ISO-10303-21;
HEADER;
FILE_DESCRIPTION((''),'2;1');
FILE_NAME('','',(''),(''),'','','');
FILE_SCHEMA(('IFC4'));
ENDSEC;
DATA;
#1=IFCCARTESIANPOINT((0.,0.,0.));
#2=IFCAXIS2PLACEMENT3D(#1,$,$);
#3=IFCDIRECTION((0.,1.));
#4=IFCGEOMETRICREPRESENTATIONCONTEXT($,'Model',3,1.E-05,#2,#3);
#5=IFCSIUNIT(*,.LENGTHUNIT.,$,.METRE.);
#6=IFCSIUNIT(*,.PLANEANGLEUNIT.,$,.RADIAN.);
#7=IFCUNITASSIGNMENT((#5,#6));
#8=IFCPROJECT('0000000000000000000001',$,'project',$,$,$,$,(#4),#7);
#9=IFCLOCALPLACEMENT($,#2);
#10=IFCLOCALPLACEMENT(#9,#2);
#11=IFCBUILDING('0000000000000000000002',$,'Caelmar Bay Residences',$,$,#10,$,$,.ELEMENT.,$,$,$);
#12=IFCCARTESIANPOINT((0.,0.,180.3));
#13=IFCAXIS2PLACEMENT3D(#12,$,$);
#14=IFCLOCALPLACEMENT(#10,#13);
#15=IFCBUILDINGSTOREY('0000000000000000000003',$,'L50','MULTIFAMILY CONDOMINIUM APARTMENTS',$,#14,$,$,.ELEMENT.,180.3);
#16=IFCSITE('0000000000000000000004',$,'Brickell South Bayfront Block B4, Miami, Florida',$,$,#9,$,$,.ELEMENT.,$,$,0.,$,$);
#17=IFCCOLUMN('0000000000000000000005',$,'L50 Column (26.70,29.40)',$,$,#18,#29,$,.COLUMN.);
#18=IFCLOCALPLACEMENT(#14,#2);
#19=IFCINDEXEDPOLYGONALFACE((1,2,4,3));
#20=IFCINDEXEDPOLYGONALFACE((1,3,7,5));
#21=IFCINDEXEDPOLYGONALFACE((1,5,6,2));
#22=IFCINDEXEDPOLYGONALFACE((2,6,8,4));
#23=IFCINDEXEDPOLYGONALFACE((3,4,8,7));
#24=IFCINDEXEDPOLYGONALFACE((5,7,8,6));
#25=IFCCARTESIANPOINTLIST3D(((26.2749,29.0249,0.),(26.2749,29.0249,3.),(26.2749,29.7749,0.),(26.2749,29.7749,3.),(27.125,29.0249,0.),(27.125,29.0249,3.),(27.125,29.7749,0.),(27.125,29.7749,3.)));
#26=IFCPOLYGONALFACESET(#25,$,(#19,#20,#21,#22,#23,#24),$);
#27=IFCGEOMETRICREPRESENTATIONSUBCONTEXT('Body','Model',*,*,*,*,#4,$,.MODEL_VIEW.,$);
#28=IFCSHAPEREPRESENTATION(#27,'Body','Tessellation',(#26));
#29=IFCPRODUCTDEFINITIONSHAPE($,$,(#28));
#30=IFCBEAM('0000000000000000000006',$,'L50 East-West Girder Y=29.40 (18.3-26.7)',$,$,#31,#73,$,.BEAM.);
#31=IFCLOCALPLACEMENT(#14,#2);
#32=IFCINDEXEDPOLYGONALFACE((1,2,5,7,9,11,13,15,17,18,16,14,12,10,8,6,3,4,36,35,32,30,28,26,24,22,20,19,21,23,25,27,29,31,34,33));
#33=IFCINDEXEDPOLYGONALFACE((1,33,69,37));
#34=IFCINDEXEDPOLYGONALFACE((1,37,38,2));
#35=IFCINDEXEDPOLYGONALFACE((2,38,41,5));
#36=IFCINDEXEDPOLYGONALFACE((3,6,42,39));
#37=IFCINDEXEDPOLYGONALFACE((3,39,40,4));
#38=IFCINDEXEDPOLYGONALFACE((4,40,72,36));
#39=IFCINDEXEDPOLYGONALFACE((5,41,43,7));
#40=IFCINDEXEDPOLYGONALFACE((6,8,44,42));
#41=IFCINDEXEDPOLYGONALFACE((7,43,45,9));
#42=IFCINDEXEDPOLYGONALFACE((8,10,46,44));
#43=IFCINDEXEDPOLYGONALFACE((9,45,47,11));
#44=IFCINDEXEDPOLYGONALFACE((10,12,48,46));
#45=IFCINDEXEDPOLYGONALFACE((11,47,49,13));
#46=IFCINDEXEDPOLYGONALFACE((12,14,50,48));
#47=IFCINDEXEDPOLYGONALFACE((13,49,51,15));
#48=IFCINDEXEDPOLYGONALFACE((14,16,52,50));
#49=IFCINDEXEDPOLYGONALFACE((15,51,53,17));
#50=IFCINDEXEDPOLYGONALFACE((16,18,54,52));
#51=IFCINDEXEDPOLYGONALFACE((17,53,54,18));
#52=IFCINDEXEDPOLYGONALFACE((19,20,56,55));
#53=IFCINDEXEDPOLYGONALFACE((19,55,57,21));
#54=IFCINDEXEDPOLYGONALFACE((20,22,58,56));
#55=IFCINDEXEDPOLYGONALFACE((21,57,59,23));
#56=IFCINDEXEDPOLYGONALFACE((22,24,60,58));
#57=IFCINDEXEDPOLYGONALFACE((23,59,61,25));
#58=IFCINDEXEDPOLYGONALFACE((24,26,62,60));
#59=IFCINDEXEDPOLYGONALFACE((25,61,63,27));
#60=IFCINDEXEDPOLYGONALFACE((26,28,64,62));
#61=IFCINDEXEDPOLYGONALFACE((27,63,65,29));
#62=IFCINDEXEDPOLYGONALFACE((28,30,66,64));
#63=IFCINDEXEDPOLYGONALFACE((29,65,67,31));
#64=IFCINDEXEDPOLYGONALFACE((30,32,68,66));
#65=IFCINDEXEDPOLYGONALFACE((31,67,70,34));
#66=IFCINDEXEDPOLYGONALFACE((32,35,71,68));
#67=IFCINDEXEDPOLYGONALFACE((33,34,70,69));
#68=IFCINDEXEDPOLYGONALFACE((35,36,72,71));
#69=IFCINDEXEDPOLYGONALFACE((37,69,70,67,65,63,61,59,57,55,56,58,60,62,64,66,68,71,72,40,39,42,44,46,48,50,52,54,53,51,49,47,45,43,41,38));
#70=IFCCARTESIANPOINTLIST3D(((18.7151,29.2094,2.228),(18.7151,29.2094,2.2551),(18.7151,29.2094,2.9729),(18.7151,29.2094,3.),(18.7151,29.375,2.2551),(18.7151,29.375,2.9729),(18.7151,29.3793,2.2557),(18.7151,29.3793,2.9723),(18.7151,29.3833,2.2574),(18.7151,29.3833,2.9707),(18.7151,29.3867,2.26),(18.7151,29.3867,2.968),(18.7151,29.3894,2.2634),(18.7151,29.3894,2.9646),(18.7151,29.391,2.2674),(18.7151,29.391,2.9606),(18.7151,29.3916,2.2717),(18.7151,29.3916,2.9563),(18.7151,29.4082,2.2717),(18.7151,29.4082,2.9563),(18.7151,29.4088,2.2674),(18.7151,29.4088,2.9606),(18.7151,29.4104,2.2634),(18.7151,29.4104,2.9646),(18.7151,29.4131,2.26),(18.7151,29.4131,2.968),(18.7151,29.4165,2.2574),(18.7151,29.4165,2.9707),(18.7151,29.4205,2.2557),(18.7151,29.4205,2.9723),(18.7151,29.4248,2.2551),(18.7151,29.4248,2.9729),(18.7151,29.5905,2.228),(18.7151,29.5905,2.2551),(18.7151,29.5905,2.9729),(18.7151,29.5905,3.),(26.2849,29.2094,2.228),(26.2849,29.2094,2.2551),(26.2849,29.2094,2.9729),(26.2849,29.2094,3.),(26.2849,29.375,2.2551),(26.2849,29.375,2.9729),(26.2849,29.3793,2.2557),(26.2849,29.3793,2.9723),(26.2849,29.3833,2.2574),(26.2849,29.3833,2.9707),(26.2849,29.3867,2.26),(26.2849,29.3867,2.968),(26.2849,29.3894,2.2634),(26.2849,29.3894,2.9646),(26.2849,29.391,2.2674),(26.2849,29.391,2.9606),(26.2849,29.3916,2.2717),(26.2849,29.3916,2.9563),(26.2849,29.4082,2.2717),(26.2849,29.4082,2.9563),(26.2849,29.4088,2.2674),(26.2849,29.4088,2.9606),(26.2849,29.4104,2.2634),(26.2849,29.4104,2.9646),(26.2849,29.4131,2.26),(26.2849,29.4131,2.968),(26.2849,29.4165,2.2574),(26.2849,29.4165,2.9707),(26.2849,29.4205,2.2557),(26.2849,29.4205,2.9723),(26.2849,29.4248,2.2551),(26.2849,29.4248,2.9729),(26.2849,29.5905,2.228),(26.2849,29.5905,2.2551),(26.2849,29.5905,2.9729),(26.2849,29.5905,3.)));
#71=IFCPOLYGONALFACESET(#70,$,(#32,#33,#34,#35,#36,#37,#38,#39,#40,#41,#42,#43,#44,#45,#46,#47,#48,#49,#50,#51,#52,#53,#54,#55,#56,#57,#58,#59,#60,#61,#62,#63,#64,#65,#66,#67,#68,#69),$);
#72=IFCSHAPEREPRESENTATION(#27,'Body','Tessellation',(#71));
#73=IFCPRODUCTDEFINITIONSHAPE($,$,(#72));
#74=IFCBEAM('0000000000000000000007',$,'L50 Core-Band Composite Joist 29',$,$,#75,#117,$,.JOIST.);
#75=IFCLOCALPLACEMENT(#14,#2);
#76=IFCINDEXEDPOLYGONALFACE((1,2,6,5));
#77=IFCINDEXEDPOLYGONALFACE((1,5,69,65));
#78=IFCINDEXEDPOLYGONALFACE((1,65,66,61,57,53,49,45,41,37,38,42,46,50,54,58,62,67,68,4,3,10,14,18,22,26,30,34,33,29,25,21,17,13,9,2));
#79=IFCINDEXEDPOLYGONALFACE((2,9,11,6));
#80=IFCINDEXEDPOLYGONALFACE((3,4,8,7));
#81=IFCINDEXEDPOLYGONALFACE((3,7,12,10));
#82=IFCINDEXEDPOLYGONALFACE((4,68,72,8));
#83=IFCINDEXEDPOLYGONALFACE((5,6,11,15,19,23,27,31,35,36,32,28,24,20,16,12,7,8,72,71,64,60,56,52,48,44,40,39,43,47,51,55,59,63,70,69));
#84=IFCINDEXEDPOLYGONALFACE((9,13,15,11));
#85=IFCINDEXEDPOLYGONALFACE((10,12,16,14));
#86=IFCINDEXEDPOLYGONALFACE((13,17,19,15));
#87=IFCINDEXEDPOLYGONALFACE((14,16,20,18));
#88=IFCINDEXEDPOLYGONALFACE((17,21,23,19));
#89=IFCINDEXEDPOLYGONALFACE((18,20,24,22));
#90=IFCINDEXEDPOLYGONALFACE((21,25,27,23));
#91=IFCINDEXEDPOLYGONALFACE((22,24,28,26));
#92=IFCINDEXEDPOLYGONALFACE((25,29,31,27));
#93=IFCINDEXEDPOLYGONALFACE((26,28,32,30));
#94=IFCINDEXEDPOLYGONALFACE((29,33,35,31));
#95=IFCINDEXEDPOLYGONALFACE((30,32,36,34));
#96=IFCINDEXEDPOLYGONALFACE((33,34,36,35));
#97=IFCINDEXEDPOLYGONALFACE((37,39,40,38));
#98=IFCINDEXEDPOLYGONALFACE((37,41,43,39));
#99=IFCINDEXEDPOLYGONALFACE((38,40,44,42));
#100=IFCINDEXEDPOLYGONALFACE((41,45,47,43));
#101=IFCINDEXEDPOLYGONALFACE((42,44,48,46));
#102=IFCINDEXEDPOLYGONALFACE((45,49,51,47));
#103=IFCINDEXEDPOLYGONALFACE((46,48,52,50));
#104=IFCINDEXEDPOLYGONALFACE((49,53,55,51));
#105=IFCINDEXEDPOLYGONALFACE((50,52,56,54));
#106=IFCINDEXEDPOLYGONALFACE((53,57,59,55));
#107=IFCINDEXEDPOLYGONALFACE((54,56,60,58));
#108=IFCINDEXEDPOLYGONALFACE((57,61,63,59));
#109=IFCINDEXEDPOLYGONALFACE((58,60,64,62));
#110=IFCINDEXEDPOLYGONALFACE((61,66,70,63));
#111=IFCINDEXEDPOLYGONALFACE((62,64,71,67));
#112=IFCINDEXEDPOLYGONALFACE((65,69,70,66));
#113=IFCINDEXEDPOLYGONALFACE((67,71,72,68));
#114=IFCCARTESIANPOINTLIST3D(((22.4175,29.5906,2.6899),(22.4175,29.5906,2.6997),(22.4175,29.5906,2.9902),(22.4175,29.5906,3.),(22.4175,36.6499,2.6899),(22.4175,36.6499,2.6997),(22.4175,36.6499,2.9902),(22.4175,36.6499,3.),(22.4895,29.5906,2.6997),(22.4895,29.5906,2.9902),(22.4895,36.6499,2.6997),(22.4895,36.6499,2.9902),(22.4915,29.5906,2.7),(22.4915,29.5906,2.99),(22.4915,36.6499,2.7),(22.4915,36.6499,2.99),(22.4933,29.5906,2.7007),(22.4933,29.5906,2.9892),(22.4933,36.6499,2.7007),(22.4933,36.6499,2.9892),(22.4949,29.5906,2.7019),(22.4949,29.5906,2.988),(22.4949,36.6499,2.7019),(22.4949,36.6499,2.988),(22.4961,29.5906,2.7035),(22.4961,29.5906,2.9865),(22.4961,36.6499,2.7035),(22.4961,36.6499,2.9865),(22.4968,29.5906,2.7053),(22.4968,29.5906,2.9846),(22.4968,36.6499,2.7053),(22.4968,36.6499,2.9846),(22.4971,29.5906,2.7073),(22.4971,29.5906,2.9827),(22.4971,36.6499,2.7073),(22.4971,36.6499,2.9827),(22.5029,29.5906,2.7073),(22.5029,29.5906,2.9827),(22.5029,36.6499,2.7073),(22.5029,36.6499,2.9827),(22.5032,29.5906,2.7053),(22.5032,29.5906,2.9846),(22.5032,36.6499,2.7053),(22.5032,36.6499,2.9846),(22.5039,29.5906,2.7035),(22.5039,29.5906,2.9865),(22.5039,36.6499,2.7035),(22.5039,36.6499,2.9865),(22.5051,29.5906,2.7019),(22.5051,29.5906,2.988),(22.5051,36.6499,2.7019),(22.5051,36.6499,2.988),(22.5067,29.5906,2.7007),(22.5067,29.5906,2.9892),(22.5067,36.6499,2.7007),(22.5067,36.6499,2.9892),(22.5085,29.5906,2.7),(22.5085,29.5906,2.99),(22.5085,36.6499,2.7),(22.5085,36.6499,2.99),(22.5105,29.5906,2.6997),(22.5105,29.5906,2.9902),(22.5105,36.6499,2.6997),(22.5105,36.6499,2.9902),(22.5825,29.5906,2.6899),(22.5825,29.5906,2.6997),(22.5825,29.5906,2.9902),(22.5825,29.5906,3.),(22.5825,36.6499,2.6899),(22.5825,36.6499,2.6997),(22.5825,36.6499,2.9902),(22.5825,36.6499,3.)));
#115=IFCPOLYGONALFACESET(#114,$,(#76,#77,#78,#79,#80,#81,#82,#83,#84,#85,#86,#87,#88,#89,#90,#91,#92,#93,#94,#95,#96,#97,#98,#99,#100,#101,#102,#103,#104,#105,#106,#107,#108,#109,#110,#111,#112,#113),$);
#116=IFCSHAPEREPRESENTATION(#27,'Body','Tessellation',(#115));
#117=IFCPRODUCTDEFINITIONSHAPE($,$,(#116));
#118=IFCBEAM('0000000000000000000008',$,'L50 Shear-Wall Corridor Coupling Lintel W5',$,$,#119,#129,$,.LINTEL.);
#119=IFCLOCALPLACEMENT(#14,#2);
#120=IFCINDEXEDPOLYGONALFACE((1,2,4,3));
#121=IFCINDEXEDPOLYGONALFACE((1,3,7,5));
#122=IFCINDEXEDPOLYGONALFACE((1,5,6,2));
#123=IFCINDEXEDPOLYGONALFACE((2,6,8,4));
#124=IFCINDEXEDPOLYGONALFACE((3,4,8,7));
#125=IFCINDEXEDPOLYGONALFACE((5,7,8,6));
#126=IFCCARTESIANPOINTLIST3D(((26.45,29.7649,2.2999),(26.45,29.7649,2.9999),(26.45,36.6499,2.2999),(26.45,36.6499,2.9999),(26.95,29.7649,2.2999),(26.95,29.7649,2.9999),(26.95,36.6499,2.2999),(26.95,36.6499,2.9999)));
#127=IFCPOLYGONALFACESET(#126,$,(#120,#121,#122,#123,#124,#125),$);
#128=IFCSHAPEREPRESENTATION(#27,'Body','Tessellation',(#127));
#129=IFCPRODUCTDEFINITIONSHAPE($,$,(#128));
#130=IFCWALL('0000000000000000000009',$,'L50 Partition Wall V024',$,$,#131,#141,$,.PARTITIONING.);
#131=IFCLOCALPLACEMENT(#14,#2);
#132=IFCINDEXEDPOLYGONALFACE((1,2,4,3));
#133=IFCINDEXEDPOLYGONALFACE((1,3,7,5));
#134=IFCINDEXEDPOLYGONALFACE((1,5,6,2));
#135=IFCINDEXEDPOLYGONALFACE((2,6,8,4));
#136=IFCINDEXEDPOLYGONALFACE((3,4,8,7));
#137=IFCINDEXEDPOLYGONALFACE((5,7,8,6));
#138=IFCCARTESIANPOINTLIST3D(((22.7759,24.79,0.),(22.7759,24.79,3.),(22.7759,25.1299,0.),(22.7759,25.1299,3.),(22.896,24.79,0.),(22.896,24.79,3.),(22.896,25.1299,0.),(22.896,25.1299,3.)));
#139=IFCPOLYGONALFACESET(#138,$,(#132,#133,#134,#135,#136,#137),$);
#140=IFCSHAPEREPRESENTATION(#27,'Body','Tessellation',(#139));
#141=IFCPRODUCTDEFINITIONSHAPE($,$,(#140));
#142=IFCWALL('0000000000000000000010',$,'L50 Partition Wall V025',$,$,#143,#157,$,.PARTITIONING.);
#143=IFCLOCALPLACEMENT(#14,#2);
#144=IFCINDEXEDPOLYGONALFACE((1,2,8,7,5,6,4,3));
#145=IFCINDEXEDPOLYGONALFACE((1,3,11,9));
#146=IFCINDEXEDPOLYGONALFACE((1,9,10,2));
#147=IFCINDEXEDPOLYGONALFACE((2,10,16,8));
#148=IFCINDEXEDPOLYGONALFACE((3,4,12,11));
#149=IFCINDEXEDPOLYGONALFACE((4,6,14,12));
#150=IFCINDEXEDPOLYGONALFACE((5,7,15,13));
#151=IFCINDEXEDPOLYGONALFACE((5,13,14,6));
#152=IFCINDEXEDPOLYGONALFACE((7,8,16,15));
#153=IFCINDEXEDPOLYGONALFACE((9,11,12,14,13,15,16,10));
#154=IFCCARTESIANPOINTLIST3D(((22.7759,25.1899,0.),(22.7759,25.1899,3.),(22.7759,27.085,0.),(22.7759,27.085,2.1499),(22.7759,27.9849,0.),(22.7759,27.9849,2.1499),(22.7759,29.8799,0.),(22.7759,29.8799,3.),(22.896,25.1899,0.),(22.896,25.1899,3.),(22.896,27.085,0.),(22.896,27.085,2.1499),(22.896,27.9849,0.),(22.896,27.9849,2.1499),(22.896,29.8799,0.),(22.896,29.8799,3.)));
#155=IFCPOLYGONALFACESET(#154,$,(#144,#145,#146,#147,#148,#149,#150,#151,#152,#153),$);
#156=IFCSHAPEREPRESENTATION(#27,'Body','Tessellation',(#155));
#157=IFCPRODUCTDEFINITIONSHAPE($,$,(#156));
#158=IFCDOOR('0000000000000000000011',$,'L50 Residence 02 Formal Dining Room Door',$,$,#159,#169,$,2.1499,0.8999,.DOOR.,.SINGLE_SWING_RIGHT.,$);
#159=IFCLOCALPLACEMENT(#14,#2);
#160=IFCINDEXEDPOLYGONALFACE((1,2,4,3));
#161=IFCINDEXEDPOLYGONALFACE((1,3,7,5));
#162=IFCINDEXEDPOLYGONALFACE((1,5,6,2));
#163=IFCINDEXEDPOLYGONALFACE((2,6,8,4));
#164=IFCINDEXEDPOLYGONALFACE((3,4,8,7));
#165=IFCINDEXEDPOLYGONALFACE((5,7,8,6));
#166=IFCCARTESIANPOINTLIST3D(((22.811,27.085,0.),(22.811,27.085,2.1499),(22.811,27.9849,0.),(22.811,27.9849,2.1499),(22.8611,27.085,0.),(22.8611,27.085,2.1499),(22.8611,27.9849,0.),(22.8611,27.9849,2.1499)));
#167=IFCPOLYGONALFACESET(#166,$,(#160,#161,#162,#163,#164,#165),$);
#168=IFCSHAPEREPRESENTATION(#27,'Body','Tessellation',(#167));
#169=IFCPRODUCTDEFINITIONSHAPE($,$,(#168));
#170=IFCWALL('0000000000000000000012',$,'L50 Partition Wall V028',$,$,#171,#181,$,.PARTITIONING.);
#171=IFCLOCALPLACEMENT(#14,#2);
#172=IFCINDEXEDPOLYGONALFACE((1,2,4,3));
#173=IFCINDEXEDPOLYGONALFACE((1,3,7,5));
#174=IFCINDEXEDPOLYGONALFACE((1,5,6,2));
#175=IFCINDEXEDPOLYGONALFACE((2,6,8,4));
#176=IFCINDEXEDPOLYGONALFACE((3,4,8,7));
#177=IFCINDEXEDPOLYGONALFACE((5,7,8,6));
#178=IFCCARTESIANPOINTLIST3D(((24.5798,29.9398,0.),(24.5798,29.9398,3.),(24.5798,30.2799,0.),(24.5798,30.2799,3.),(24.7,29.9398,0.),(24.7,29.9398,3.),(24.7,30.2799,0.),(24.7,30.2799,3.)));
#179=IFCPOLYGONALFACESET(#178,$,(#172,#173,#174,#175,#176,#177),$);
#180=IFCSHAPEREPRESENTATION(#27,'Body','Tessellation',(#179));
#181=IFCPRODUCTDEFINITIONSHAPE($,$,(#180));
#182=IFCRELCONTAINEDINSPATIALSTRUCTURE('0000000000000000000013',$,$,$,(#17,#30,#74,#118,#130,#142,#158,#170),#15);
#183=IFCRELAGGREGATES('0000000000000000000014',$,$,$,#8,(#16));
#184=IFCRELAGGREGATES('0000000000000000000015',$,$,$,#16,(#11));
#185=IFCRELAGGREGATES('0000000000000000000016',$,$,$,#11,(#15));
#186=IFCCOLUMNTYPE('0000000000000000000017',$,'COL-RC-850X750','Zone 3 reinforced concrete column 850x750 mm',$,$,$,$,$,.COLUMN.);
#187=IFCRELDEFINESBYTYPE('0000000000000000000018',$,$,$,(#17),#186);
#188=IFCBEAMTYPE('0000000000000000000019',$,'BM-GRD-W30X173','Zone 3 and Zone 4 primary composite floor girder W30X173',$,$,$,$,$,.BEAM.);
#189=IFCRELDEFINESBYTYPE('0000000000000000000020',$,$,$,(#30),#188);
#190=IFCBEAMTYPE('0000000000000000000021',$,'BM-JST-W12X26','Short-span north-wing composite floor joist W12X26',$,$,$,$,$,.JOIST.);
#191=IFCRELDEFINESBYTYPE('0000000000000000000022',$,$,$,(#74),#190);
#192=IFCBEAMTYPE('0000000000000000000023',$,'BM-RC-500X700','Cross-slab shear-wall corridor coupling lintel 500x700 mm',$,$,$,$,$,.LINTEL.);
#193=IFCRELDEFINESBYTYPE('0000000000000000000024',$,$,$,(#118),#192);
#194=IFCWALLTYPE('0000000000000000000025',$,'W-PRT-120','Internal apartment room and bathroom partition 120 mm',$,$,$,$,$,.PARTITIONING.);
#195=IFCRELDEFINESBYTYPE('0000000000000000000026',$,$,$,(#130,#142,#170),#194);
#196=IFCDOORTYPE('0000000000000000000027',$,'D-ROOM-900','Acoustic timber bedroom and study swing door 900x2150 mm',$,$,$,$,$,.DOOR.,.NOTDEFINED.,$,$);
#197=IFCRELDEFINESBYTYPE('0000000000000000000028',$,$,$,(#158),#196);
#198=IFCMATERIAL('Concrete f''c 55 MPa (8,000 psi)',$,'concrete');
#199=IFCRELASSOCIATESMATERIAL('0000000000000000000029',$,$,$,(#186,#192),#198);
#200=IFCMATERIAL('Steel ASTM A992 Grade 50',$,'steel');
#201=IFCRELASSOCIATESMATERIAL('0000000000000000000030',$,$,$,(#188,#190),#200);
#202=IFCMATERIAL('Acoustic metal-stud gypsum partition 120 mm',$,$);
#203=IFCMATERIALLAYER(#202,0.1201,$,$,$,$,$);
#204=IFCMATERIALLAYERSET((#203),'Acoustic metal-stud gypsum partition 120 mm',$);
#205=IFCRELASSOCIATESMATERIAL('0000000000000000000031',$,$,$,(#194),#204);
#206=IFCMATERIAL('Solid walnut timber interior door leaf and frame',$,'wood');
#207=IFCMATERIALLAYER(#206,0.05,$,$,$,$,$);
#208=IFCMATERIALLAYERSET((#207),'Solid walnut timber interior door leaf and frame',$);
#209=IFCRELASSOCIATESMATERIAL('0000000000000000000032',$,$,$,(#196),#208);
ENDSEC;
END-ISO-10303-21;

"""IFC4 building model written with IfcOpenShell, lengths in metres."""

from ifc_helpers import new_model, si_unit, direction, frame, frame_2d, origin, origin_2d, place, context, subcontext, project, spatial, rectangle, i_section, extrude, material, layer, layer_set, material_profile, profile_set, type_object, element, fill, save


model = new_model("IFC4")

# Units and contexts
model_context = context("Model", 3, precision=1e-05, world=origin(), true_north=direction((0.0, 1.0)))
body_context = subcontext(model_context, "Body", "Model", "MODEL_VIEW")
ifc_project = project(units=[si_unit("LENGTHUNIT", "METRE"), si_unit("PLANEANGLEUNIT", "RADIAN")], contexts=[model_context])

# Site, building, storey
site_placement = place(None, origin())
site = spatial("IfcSite", under=ifc_project, at=site_placement, Name="Brickell South Bayfront Block B4, Miami, Florida", CompositionType="ELEMENT", RefElevation=0.0)
building_placement = place(site_placement, origin())
building = spatial("IfcBuilding", under=site, at=building_placement, Name="Caelmar Bay Residences", CompositionType="ELEMENT")
storey_placement = place(building_placement, frame((0.0, 0.0, 180.3)))
storey = spatial("IfcBuildingStorey", under=building, at=storey_placement, Name="L50", Description="MULTIFAMILY CONDOMINIUM APARTMENTS", CompositionType="ELEMENT", Elevation=180.3)

# Column
ifc_material_1 = material(Name="Concrete f'c 55 MPa (8,000 psi)", Category="concrete")
ifc_material_profile_1 = material_profile(ifc_material_1, rectangle(XDim=0.8501, YDim=0.75, at=origin_2d()), Name="RC-COL-850X750")
ifc_profile_set_1 = profile_set([ifc_material_profile_1], Name="Concrete f'c 55 MPa (8,000 psi)")
column_type = type_object("IfcColumnType", Name="COL-RC-850X750", Description="Zone 3 reinforced concrete column 850x750 mm", PredefinedType="COLUMN", material=ifc_profile_set_1)
column_placement = place(storey_placement, frame((26.7, 29.3999, 0.0), z_axis=(0.0, 0.0, 1.0), x_axis=(1.0, 0.0, 0.0)))
element("IfcColumn", 1, at=column_placement, inside=storey, type_object=column_type, Name="L50 Column (26.70,29.40)", PredefinedType="COLUMN", context=body_context, shape_type="SweptSolid", body=[
    extrude(rectangle(XDim=0.8501, YDim=0.75, at=origin_2d()), origin(), (0.0, 0.0, 1.0), 3.0),
])

# Beams
ifc_material_2 = material(Name="Steel ASTM A992 Grade 50", Category="steel")
ifc_material_profile_2 = material_profile(ifc_material_2, i_section(OverallWidth=0.3811, OverallDepth=0.772, WebThickness=0.0166, FlangeThickness=0.0271, FilletRadius=0.0166, at=origin_2d()), Name="W30X173")
ifc_profile_set_2 = profile_set([ifc_material_profile_2], Name="Steel ASTM A992 Grade 50")
beam_type_1 = type_object("IfcBeamType", Name="BM-GRD-W30X173", Description="Zone 3 and Zone 4 primary composite floor girder W30X173", PredefinedType="BEAM", material=ifc_profile_set_2)
beam_1_placement = place(storey_placement, frame((18.7151, 29.3999, 2.614), z_axis=(1.0, 0.0, 0.0), x_axis=(0.0, 1.0, 0.0)))
element("IfcBeam", 2, at=beam_1_placement, inside=storey, type_object=beam_type_1, Name="L50 East-West Girder Y=29.40 (18.3-26.7)", PredefinedType="BEAM", context=body_context, shape_type="SweptSolid", body=[
    extrude(i_section(OverallWidth=0.3811, OverallDepth=0.772, WebThickness=0.0166, FlangeThickness=0.0271, FilletRadius=0.0166, at=origin_2d()), origin(), (0.0, 0.0, 1.0), 7.5698),
])
ifc_material_profile_3 = material_profile(ifc_material_2, i_section(OverallWidth=0.165, OverallDepth=0.3101, WebThickness=0.0059, FlangeThickness=0.0098, FilletRadius=0.0076, at=origin_2d()), Name="W12X26")
ifc_profile_set_3 = profile_set([ifc_material_profile_3], Name="Steel ASTM A992 Grade 50")
beam_type_2 = type_object("IfcBeamType", Name="BM-JST-W12X26", Description="Short-span north-wing composite floor joist W12X26", PredefinedType="JOIST", material=ifc_profile_set_3)
beam_2_placement = place(storey_placement, frame((22.5, 29.5906, 2.845), z_axis=(0.0, 1.0, 0.0), x_axis=(-1.0, 0.0, 0.0)))
element("IfcBeam", 3, at=beam_2_placement, inside=storey, type_object=beam_type_2, Name="L50 Core-Band Composite Joist 29", PredefinedType="JOIST", context=body_context, shape_type="SweptSolid", body=[
    extrude(i_section(OverallWidth=0.165, OverallDepth=0.3101, WebThickness=0.0059, FlangeThickness=0.0098, FilletRadius=0.0076, at=origin_2d()), origin(), (0.0, 0.0, 1.0), 7.0593),
])
ifc_material_profile_4 = material_profile(ifc_material_1, rectangle(XDim=0.5, YDim=0.7, at=origin_2d()), Name="RC-BM-500X700")
ifc_profile_set_4 = profile_set([ifc_material_profile_4], Name="Concrete f'c 55 MPa (8,000 psi)")
beam_type_3 = type_object("IfcBeamType", Name="BM-RC-500X700", Description="Cross-slab shear-wall corridor coupling lintel 500x700 mm", PredefinedType="LINTEL", material=ifc_profile_set_4)
beam_3_placement = place(storey_placement, frame((26.7, 29.7649, 2.6499), z_axis=(0.0, 1.0, 0.0), x_axis=(-1.0, 0.0, 0.0)))
element("IfcBeam", 4, at=beam_3_placement, inside=storey, type_object=beam_type_3, Name="L50 Shear-Wall Corridor Coupling Lintel W5", PredefinedType="LINTEL", context=body_context, shape_type="SweptSolid", body=[
    extrude(rectangle(XDim=0.5, YDim=0.7, at=origin_2d()), origin(), (0.0, 0.0, 1.0), 6.885),
])

# Wall
ifc_material_3 = material(Name="Acoustic metal-stud gypsum partition 120 mm")
ifc_layer_1 = layer(ifc_material_3, 0.1201)
ifc_layer_set_1 = layer_set([ifc_layer_1], Name="Acoustic metal-stud gypsum partition 120 mm")
wall_type_1 = type_object("IfcWallType", Name="W-PRT-120", Description="Internal apartment room and bathroom partition 120 mm", PredefinedType="PARTITIONING", material=ifc_layer_set_1)
wall_1_placement = place(storey_placement, frame((22.8359, 24.79, 0.0), z_axis=(0.0, 0.0, 1.0), x_axis=(0.0, 1.0, 0.0)))
element("IfcWall", 5, at=wall_1_placement, inside=storey, type_object=wall_type_1, Name="L50 Partition Wall V024", PredefinedType="PARTITIONING", context=body_context, shape_type="SweptSolid", body=[
    extrude(rectangle(XDim=0.3398, YDim=0.1201, at=frame_2d((0.1699, 0.0))), origin(), (0.0, 0.0, 1.0), 3.0),
])

# Wall, opening, door
wall_2_placement = place(storey_placement, frame((22.8359, 25.1899, 0.0), z_axis=(0.0, 0.0, 1.0), x_axis=(0.0, 1.0, 0.0)))
wall_2 = element("IfcWall", 6, at=wall_2_placement, inside=storey, type_object=wall_type_1, Name="L50 Partition Wall V025", PredefinedType="PARTITIONING", context=body_context, shape_type="SweptSolid", body=[
    extrude(rectangle(XDim=4.6899, YDim=0.1201, at=frame_2d((2.345, 0.0))), origin(), (0.0, 0.0, 1.0), 3.0),
])
opening_1_placement = place(wall_2_placement, frame((1.895, 0.0, 0.0)))
opening_1 = element("IfcOpeningElement", 7, at=opening_1_placement, cuts=wall_2, PredefinedType="OPENING", context=body_context, shape_type="SweptSolid", body=[
    extrude(rectangle(XDim=0.8999, YDim=2.1499, at=frame_2d((0.45, 1.075))), frame((0.0, 0.0701, 0.0), z_axis=(0.0, -1.0, 0.0), x_axis=(1.0, 0.0, 0.0)), (0.0, 0.0, 1.0), 0.1401),
])
ifc_material_4 = material(Name="Solid walnut timber interior door leaf and frame", Category="wood")
ifc_layer_2 = layer(ifc_material_4, 0.05)
ifc_layer_set_2 = layer_set([ifc_layer_2], Name="Solid walnut timber interior door leaf and frame")
door_type_1 = type_object("IfcDoorType", Name="D-ROOM-900", Description="Acoustic timber bedroom and study swing door 900x2150 mm", OperationType="NOTDEFINED", PredefinedType="DOOR", material=ifc_layer_set_2)
door_1_placement = place(opening_1_placement, origin())
door_1 = element("IfcDoor", 8, at=door_1_placement, inside=storey, type_object=door_type_1, Name="L50 Residence 02 Formal Dining Room Door", OperationType="SINGLE_SWING_RIGHT", OverallHeight=2.1499, OverallWidth=0.8999, PredefinedType="DOOR", context=body_context, shape_type="SweptSolid", body=[
    extrude(rectangle(XDim=0.8999, YDim=2.1499, at=frame_2d((0.45, 1.075))), frame((0.0, 0.0249, 0.0), z_axis=(0.0, -1.0, 0.0), x_axis=(1.0, 0.0, 0.0)), (0.0, 0.0, 1.0), 0.05),
])
fill(opening_1, door_1)

# Wall
wall_3_placement = place(storey_placement, frame((24.6399, 29.9399, 0.0), z_axis=(0.0, 0.0, 1.0), x_axis=(0.0, 1.0, 0.0)))
element("IfcWall", 9, at=wall_3_placement, inside=storey, type_object=wall_type_1, Name="L50 Partition Wall V028", PredefinedType="PARTITIONING", context=body_context, shape_type="SweptSolid", body=[
    extrude(rectangle(XDim=0.3401, YDim=0.1201, at=frame_2d((0.1699, 0.0))), origin(), (0.0, 0.0, 1.0), 3.0),
])

save(model, "model.ifc")
